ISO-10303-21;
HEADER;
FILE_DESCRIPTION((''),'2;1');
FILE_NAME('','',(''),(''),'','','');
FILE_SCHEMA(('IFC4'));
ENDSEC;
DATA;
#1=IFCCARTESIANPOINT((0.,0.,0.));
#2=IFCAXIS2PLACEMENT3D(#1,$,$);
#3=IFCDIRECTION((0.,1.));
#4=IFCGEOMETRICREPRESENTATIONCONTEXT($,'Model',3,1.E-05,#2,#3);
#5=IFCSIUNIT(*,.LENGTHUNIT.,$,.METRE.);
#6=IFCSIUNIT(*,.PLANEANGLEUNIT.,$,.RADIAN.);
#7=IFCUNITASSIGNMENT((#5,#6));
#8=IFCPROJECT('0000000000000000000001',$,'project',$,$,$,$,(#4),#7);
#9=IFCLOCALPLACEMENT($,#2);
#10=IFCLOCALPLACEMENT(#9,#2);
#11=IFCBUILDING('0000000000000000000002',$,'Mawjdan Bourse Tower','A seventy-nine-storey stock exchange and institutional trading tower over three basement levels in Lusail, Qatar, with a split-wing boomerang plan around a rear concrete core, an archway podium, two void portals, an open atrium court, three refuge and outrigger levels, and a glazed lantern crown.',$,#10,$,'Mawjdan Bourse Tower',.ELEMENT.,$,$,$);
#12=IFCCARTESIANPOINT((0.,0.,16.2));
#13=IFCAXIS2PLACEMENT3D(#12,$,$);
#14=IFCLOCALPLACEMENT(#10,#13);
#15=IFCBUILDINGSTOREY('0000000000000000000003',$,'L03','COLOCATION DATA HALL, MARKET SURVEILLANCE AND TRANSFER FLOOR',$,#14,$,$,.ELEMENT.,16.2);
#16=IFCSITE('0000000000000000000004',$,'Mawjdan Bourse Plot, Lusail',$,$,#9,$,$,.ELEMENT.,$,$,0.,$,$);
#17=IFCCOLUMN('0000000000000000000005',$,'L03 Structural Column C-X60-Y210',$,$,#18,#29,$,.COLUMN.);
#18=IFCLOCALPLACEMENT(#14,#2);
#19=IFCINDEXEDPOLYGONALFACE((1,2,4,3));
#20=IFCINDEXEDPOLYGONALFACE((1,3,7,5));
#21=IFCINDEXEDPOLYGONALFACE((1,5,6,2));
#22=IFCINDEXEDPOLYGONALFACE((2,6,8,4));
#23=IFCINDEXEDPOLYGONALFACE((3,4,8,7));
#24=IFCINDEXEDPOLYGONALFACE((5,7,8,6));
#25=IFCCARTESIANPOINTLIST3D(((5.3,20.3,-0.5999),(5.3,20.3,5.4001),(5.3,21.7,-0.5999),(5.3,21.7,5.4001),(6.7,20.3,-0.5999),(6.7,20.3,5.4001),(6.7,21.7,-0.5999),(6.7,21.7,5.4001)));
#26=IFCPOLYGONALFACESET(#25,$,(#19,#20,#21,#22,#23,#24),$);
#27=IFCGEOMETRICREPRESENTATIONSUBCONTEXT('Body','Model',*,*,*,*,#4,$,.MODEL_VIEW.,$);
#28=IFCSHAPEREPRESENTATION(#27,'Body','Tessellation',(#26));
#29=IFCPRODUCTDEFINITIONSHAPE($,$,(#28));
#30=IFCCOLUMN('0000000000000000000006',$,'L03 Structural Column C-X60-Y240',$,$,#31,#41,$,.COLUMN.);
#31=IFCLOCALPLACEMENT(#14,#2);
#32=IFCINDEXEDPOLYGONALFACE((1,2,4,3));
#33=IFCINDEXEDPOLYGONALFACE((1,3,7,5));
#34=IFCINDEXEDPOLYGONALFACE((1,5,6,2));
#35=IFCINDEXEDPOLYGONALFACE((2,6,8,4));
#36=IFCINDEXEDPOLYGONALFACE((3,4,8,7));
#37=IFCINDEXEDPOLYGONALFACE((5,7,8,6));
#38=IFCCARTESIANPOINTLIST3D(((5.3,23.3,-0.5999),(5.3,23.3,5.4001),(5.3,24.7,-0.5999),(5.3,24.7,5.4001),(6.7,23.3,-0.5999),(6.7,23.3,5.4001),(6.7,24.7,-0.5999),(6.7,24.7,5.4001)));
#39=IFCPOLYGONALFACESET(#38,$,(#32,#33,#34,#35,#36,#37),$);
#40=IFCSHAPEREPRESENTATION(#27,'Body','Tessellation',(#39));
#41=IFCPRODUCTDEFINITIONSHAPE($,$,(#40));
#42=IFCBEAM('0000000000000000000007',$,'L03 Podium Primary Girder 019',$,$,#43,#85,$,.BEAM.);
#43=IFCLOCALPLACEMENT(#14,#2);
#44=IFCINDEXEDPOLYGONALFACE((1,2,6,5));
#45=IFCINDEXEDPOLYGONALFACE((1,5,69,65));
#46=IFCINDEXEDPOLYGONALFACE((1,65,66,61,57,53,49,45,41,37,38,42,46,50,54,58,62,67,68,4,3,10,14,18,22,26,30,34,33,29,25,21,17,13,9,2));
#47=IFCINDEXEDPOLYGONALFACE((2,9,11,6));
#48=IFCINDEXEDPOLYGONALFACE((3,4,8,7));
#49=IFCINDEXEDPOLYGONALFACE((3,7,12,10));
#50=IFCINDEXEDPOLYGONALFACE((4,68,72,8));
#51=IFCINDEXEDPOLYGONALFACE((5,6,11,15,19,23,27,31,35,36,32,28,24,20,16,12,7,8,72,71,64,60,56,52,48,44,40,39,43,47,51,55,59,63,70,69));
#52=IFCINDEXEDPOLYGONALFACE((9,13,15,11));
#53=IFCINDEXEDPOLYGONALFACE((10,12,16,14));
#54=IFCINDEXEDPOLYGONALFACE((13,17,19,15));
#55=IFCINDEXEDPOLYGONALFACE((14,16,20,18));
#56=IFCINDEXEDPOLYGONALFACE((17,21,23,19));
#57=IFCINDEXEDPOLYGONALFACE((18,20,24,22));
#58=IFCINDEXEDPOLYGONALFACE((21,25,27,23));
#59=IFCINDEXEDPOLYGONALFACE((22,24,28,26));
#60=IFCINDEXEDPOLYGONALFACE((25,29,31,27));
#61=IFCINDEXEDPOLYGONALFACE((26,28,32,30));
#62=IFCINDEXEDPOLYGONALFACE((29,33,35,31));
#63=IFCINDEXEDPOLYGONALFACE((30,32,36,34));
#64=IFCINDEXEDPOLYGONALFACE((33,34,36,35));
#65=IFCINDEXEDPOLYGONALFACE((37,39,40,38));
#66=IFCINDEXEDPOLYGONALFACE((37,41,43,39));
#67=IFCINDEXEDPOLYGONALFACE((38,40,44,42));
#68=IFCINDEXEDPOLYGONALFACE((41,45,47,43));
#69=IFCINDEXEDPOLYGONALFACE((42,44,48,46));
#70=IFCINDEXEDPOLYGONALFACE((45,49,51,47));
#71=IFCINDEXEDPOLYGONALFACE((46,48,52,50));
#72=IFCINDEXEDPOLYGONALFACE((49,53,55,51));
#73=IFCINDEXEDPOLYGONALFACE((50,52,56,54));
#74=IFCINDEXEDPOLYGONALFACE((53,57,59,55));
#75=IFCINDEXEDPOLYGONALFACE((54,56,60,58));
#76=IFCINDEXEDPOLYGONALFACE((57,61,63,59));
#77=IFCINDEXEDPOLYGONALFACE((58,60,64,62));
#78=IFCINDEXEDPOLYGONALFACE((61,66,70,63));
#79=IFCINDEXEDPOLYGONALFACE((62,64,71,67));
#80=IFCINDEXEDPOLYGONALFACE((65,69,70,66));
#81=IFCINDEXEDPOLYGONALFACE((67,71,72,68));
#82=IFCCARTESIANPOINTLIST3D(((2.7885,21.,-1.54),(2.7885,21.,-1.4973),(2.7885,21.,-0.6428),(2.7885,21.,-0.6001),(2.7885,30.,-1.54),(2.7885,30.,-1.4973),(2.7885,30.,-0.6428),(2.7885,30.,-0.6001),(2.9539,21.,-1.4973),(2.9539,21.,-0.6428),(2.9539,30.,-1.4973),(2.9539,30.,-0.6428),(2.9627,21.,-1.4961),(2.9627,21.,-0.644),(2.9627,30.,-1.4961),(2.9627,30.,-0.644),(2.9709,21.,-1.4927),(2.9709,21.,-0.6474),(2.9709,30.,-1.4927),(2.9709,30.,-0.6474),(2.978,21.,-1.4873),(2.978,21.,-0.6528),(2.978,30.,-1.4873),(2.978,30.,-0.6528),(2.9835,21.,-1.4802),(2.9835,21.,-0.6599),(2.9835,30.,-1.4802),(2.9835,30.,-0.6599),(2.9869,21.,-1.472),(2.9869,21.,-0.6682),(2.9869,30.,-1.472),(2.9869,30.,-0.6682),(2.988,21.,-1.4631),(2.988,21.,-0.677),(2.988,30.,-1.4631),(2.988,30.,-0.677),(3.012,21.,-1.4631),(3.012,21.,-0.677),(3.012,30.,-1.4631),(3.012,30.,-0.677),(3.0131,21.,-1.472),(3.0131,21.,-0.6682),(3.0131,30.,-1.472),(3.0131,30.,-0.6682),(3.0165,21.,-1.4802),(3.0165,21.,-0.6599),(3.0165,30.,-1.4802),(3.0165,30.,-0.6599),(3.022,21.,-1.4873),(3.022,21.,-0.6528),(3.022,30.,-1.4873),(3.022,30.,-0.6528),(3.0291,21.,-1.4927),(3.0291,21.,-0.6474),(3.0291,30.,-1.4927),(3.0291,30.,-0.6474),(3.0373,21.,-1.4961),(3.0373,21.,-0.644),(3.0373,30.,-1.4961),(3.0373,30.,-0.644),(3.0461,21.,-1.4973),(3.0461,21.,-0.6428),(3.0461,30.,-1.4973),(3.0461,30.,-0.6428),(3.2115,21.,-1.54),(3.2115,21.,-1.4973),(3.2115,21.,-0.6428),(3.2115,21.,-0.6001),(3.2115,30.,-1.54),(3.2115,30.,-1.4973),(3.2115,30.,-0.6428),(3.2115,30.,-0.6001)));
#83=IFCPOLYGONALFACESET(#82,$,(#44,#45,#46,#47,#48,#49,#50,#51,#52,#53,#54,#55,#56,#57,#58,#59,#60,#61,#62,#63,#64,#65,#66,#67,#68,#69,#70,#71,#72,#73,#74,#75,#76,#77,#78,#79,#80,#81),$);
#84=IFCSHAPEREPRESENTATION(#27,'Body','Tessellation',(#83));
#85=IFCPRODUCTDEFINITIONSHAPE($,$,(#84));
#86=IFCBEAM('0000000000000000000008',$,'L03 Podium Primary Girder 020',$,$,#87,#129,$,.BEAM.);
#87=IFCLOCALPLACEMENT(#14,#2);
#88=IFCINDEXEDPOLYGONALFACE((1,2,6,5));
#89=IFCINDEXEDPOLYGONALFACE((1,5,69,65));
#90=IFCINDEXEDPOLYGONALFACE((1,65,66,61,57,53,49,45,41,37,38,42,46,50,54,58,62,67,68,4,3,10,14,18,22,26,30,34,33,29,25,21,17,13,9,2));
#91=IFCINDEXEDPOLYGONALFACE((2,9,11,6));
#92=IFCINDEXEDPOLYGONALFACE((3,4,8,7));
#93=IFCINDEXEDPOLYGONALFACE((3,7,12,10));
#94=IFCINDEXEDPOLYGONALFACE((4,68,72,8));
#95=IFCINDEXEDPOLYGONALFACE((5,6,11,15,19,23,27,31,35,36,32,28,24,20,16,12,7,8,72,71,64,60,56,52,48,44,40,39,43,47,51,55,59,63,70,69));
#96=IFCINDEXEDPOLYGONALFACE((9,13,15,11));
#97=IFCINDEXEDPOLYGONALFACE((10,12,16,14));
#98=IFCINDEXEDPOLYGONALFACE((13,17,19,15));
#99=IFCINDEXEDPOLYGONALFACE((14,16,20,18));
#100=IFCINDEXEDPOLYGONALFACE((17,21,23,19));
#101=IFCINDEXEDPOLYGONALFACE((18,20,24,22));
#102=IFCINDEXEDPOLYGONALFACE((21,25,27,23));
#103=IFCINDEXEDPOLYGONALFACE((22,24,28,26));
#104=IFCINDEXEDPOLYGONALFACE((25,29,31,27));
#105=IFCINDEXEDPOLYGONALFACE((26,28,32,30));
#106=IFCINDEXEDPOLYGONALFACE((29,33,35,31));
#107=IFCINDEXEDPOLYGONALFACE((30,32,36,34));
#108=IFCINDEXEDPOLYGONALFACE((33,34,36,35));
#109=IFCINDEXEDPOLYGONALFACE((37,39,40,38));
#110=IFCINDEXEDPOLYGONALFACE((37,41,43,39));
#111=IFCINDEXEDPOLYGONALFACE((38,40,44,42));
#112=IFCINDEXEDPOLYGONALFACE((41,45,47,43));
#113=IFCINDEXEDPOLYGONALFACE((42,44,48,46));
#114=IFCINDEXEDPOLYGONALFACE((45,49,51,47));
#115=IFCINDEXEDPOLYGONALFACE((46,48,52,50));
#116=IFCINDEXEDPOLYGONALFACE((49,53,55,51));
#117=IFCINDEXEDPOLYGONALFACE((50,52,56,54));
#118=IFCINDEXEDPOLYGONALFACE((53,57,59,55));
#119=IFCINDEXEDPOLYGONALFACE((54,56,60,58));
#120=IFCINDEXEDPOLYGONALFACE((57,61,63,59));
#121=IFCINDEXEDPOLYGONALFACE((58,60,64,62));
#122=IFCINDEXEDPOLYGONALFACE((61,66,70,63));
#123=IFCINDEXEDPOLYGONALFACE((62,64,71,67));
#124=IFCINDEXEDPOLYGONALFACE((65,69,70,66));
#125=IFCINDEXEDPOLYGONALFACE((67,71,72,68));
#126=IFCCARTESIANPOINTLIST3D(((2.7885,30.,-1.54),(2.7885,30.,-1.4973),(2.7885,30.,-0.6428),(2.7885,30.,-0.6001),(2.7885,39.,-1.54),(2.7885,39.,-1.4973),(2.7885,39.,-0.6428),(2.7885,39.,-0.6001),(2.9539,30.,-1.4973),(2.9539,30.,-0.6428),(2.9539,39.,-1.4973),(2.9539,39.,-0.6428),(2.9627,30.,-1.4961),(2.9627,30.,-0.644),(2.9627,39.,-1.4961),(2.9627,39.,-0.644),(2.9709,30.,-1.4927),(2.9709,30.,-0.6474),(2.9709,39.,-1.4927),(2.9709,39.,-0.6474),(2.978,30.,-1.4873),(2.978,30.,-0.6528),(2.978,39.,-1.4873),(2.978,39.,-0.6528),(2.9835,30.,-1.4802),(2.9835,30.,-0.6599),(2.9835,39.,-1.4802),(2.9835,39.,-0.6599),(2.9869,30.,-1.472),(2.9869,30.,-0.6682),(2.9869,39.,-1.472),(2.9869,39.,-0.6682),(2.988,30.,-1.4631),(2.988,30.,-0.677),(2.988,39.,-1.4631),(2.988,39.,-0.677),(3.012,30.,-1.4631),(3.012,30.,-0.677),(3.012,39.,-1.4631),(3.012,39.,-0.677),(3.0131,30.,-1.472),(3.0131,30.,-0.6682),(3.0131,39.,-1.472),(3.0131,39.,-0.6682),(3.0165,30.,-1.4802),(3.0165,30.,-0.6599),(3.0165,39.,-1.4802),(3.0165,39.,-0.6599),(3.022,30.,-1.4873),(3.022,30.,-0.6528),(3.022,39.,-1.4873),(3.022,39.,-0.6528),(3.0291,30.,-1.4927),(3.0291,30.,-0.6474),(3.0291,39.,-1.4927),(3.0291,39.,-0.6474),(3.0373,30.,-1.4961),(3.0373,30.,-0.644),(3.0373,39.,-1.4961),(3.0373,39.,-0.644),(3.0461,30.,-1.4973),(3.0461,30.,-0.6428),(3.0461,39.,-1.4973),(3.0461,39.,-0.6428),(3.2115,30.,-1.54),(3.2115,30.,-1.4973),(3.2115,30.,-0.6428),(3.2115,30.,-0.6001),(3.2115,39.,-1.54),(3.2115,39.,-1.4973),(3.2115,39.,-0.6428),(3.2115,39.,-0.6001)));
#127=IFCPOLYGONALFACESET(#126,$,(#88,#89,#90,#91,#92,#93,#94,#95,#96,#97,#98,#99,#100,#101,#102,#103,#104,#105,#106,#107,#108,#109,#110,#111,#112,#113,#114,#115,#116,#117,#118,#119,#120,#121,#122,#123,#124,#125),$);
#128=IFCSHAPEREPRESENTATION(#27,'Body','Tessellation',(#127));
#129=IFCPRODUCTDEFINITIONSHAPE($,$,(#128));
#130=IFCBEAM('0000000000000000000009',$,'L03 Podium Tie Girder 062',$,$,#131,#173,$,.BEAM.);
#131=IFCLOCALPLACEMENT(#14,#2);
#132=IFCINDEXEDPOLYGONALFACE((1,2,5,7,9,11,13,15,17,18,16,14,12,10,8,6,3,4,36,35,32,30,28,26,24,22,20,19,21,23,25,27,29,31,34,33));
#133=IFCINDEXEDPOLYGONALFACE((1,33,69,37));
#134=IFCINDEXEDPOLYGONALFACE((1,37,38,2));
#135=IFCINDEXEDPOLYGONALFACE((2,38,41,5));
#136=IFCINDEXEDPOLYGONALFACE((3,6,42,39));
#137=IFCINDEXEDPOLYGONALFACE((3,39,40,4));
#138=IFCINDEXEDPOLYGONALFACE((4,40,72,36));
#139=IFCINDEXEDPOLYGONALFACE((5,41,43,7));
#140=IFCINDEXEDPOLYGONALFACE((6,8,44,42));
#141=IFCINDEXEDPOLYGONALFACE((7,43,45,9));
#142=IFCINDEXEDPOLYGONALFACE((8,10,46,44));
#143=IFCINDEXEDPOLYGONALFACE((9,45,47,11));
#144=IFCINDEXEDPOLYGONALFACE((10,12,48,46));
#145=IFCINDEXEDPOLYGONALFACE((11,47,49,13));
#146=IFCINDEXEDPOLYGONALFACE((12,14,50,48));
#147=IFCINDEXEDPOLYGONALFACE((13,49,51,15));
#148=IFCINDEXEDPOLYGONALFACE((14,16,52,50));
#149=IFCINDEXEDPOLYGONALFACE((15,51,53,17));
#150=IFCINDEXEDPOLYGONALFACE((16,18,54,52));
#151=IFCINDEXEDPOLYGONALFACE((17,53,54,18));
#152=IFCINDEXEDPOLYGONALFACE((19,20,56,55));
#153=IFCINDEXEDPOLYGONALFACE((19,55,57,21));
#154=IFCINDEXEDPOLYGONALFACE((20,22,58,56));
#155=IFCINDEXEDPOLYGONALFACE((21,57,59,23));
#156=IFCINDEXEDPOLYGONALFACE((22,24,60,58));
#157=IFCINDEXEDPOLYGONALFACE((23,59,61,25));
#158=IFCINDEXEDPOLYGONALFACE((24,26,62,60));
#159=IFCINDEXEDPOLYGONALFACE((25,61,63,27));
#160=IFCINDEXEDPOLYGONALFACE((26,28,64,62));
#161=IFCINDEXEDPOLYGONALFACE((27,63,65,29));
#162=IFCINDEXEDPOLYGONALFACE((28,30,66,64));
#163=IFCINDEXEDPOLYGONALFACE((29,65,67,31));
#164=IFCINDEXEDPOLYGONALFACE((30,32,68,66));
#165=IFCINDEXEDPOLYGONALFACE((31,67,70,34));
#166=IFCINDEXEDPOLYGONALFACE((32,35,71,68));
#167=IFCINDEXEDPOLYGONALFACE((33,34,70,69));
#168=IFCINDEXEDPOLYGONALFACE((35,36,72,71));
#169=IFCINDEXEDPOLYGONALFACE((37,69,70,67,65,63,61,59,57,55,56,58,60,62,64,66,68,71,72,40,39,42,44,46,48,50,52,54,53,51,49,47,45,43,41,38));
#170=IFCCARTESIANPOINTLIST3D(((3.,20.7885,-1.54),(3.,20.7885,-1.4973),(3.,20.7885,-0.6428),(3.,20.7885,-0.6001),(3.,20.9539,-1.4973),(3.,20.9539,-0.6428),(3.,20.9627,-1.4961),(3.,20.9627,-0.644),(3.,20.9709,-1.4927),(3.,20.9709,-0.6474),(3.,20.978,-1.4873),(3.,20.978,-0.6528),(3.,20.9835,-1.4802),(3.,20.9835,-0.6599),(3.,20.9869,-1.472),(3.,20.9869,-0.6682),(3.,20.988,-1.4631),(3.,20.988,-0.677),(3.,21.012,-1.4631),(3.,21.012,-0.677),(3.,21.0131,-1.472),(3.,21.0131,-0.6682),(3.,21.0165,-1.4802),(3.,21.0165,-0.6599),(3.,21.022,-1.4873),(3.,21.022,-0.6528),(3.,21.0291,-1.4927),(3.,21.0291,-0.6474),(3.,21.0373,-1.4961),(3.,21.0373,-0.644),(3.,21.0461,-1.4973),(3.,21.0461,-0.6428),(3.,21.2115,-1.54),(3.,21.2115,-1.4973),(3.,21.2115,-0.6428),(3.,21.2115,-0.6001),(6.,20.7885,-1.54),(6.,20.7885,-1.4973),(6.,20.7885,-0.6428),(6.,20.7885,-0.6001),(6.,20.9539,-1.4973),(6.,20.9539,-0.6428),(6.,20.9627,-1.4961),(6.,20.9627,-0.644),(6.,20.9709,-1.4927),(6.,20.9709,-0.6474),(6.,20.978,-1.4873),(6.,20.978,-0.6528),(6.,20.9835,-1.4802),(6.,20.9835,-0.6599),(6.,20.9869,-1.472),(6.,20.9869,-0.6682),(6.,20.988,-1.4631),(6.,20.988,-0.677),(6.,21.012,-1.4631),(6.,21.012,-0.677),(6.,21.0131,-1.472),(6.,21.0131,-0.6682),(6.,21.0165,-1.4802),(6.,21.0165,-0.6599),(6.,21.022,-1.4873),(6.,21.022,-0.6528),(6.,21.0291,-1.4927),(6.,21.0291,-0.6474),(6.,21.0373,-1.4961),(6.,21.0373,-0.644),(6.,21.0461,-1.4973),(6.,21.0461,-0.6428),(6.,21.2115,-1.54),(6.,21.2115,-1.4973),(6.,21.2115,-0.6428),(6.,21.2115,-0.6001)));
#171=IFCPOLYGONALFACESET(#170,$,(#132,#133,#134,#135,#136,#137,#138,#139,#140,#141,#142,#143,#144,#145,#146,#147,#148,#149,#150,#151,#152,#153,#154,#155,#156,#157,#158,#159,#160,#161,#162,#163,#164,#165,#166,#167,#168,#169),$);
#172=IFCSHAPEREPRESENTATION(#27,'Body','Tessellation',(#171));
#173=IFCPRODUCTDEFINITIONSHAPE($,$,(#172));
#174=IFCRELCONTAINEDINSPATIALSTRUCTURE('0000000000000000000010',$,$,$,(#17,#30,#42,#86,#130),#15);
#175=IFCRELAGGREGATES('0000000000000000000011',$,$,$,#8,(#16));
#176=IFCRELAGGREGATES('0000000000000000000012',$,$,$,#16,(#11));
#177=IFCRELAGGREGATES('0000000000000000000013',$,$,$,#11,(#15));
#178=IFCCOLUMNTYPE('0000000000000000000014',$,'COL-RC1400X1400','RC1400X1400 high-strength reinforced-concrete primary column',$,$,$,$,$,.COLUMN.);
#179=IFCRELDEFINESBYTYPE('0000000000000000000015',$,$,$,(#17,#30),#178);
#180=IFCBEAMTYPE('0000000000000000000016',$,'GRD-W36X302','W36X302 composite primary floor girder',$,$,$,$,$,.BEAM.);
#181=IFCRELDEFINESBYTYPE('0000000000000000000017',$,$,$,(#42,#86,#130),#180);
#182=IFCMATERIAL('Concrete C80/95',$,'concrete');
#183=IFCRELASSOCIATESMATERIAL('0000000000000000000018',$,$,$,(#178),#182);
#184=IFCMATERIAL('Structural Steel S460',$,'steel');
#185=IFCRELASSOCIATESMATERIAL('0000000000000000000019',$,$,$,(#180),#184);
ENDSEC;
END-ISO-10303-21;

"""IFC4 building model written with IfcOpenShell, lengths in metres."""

from ifc_helpers import new_model, si_unit, direction, frame, origin, origin_2d, place, context, subcontext, project, spatial, rectangle, i_section, extrude, material, material_profile, profile_set, type_object, element, save


model = new_model("IFC4")

# Units and contexts
model_context = context("Model", 3, precision=1e-05, world=origin(), true_north=direction((0.0, 1.0)))
body_context = subcontext(model_context, "Body", "Model", "MODEL_VIEW")
ifc_project = project(units=[si_unit("LENGTHUNIT", "METRE"), si_unit("PLANEANGLEUNIT", "RADIAN")], contexts=[model_context])

# Site, building, storey
site_placement = place(None, origin())
site = spatial("IfcSite", under=ifc_project, at=site_placement, Name="Mawjdan Bourse Plot, Lusail", CompositionType="ELEMENT", RefElevation=0.0)
building_placement = place(site_placement, origin())
building = spatial("IfcBuilding", under=site, at=building_placement, Name="Mawjdan Bourse Tower", Description="A seventy-nine-storey stock exchange and institutional trading tower over three basement levels in Lusail, Qatar, with a split-wing boomerang plan around a rear concrete core, an archway podium, two void portals, an open atrium court, three refuge and outrigger levels, and a glazed lantern crown.", LongName="Mawjdan Bourse Tower", CompositionType="ELEMENT")
storey_placement = place(building_placement, frame((0.0, 0.0, 16.2)))
storey = spatial("IfcBuildingStorey", under=building, at=storey_placement, Name="L03", Description="COLOCATION DATA HALL, MARKET SURVEILLANCE AND TRANSFER FLOOR", CompositionType="ELEMENT", Elevation=16.2)

# Columns
ifc_material_1 = material(Name="Concrete C80/95", Category="concrete")
ifc_material_profile_1 = material_profile(ifc_material_1, rectangle(XDim=1.3999, YDim=1.3999, at=origin_2d()), Name="RC1400X1400")
ifc_profile_set_1 = profile_set([ifc_material_profile_1], Name="Concrete C80/95")
column_type = type_object("IfcColumnType", Name="COL-RC1400X1400", Description="RC1400X1400 high-strength reinforced-concrete primary column", PredefinedType="COLUMN", material=ifc_profile_set_1)
for number, where, z_axis, x_axis, name in (
    (1, (6.0, 21.0, -0.5999), (0.0, 0.0, 1.0), (1.0, 0.0, 0.0), "L03 Structural Column C-X60-Y210"),
    (2, (6.0, 24.0, -0.5999), (0.0, 0.0, 1.0), (1.0, 0.0, 0.0), "L03 Structural Column C-X60-Y240"),
):
    element("IfcColumn", number, at=place(storey_placement, frame(where, z_axis=z_axis, x_axis=x_axis)), inside=storey, type_object=column_type, Name=name, PredefinedType="COLUMN", context=body_context, shape_type="SweptSolid", body=[
        extrude(rectangle(XDim=1.3999, YDim=1.3999, at=origin_2d()), origin(), (0.0, 0.0, 1.0), 6.0),
    ])

# Beams
ifc_material_2 = material(Name="Structural Steel S460", Category="steel")
ifc_material_profile_2 = material_profile(ifc_material_2, i_section(OverallWidth=0.4231, OverallDepth=0.9399, WebThickness=0.0239, FlangeThickness=0.0427, FilletRadius=0.0342, at=origin_2d()), Name="W36X302")
ifc_profile_set_2 = profile_set([ifc_material_profile_2], Name="Structural Steel S460")
beam_type_1 = type_object("IfcBeamType", Name="GRD-W36X302", Description="W36X302 composite primary floor girder", PredefinedType="BEAM", material=ifc_profile_set_2)
for number, where, z_axis, x_axis, name in (
    (3, (3.0, 21.0, -1.0701), (0.0, 1.0, 0.0), (-1.0, 0.0, 0.0), "L03 Podium Primary Girder 019"),
    (4, (3.0, 30.0, -1.0701), (0.0, 1.0, 0.0), (-1.0, 0.0, 0.0), "L03 Podium Primary Girder 020"),
):
    element("IfcBeam", number, at=place(storey_placement, frame(where, z_axis=z_axis, x_axis=x_axis)), inside=storey, type_object=beam_type_1, Name=name, PredefinedType="BEAM", context=body_context, shape_type="SweptSolid", body=[
        extrude(i_section(OverallWidth=0.4231, OverallDepth=0.9399, WebThickness=0.0239, FlangeThickness=0.0427, FilletRadius=0.0342, at=origin_2d()), origin(), (0.0, 0.0, 1.0), 9.0),
    ])
beam_1_placement = place(storey_placement, frame((3.0, 21.0, -1.0701), z_axis=(1.0, 0.0, 0.0), x_axis=(0.0, 1.0, 0.0)))
element("IfcBeam", 5, at=beam_1_placement, inside=storey, type_object=beam_type_1, Name="L03 Podium Tie Girder 062", PredefinedType="BEAM", context=body_context, shape_type="SweptSolid", body=[
    extrude(i_section(OverallWidth=0.4231, OverallDepth=0.9399, WebThickness=0.0239, FlangeThickness=0.0427, FilletRadius=0.0342, at=origin_2d()), origin(), (0.0, 0.0, 1.0), 3.0),
])

save(model, "model.ifc")
